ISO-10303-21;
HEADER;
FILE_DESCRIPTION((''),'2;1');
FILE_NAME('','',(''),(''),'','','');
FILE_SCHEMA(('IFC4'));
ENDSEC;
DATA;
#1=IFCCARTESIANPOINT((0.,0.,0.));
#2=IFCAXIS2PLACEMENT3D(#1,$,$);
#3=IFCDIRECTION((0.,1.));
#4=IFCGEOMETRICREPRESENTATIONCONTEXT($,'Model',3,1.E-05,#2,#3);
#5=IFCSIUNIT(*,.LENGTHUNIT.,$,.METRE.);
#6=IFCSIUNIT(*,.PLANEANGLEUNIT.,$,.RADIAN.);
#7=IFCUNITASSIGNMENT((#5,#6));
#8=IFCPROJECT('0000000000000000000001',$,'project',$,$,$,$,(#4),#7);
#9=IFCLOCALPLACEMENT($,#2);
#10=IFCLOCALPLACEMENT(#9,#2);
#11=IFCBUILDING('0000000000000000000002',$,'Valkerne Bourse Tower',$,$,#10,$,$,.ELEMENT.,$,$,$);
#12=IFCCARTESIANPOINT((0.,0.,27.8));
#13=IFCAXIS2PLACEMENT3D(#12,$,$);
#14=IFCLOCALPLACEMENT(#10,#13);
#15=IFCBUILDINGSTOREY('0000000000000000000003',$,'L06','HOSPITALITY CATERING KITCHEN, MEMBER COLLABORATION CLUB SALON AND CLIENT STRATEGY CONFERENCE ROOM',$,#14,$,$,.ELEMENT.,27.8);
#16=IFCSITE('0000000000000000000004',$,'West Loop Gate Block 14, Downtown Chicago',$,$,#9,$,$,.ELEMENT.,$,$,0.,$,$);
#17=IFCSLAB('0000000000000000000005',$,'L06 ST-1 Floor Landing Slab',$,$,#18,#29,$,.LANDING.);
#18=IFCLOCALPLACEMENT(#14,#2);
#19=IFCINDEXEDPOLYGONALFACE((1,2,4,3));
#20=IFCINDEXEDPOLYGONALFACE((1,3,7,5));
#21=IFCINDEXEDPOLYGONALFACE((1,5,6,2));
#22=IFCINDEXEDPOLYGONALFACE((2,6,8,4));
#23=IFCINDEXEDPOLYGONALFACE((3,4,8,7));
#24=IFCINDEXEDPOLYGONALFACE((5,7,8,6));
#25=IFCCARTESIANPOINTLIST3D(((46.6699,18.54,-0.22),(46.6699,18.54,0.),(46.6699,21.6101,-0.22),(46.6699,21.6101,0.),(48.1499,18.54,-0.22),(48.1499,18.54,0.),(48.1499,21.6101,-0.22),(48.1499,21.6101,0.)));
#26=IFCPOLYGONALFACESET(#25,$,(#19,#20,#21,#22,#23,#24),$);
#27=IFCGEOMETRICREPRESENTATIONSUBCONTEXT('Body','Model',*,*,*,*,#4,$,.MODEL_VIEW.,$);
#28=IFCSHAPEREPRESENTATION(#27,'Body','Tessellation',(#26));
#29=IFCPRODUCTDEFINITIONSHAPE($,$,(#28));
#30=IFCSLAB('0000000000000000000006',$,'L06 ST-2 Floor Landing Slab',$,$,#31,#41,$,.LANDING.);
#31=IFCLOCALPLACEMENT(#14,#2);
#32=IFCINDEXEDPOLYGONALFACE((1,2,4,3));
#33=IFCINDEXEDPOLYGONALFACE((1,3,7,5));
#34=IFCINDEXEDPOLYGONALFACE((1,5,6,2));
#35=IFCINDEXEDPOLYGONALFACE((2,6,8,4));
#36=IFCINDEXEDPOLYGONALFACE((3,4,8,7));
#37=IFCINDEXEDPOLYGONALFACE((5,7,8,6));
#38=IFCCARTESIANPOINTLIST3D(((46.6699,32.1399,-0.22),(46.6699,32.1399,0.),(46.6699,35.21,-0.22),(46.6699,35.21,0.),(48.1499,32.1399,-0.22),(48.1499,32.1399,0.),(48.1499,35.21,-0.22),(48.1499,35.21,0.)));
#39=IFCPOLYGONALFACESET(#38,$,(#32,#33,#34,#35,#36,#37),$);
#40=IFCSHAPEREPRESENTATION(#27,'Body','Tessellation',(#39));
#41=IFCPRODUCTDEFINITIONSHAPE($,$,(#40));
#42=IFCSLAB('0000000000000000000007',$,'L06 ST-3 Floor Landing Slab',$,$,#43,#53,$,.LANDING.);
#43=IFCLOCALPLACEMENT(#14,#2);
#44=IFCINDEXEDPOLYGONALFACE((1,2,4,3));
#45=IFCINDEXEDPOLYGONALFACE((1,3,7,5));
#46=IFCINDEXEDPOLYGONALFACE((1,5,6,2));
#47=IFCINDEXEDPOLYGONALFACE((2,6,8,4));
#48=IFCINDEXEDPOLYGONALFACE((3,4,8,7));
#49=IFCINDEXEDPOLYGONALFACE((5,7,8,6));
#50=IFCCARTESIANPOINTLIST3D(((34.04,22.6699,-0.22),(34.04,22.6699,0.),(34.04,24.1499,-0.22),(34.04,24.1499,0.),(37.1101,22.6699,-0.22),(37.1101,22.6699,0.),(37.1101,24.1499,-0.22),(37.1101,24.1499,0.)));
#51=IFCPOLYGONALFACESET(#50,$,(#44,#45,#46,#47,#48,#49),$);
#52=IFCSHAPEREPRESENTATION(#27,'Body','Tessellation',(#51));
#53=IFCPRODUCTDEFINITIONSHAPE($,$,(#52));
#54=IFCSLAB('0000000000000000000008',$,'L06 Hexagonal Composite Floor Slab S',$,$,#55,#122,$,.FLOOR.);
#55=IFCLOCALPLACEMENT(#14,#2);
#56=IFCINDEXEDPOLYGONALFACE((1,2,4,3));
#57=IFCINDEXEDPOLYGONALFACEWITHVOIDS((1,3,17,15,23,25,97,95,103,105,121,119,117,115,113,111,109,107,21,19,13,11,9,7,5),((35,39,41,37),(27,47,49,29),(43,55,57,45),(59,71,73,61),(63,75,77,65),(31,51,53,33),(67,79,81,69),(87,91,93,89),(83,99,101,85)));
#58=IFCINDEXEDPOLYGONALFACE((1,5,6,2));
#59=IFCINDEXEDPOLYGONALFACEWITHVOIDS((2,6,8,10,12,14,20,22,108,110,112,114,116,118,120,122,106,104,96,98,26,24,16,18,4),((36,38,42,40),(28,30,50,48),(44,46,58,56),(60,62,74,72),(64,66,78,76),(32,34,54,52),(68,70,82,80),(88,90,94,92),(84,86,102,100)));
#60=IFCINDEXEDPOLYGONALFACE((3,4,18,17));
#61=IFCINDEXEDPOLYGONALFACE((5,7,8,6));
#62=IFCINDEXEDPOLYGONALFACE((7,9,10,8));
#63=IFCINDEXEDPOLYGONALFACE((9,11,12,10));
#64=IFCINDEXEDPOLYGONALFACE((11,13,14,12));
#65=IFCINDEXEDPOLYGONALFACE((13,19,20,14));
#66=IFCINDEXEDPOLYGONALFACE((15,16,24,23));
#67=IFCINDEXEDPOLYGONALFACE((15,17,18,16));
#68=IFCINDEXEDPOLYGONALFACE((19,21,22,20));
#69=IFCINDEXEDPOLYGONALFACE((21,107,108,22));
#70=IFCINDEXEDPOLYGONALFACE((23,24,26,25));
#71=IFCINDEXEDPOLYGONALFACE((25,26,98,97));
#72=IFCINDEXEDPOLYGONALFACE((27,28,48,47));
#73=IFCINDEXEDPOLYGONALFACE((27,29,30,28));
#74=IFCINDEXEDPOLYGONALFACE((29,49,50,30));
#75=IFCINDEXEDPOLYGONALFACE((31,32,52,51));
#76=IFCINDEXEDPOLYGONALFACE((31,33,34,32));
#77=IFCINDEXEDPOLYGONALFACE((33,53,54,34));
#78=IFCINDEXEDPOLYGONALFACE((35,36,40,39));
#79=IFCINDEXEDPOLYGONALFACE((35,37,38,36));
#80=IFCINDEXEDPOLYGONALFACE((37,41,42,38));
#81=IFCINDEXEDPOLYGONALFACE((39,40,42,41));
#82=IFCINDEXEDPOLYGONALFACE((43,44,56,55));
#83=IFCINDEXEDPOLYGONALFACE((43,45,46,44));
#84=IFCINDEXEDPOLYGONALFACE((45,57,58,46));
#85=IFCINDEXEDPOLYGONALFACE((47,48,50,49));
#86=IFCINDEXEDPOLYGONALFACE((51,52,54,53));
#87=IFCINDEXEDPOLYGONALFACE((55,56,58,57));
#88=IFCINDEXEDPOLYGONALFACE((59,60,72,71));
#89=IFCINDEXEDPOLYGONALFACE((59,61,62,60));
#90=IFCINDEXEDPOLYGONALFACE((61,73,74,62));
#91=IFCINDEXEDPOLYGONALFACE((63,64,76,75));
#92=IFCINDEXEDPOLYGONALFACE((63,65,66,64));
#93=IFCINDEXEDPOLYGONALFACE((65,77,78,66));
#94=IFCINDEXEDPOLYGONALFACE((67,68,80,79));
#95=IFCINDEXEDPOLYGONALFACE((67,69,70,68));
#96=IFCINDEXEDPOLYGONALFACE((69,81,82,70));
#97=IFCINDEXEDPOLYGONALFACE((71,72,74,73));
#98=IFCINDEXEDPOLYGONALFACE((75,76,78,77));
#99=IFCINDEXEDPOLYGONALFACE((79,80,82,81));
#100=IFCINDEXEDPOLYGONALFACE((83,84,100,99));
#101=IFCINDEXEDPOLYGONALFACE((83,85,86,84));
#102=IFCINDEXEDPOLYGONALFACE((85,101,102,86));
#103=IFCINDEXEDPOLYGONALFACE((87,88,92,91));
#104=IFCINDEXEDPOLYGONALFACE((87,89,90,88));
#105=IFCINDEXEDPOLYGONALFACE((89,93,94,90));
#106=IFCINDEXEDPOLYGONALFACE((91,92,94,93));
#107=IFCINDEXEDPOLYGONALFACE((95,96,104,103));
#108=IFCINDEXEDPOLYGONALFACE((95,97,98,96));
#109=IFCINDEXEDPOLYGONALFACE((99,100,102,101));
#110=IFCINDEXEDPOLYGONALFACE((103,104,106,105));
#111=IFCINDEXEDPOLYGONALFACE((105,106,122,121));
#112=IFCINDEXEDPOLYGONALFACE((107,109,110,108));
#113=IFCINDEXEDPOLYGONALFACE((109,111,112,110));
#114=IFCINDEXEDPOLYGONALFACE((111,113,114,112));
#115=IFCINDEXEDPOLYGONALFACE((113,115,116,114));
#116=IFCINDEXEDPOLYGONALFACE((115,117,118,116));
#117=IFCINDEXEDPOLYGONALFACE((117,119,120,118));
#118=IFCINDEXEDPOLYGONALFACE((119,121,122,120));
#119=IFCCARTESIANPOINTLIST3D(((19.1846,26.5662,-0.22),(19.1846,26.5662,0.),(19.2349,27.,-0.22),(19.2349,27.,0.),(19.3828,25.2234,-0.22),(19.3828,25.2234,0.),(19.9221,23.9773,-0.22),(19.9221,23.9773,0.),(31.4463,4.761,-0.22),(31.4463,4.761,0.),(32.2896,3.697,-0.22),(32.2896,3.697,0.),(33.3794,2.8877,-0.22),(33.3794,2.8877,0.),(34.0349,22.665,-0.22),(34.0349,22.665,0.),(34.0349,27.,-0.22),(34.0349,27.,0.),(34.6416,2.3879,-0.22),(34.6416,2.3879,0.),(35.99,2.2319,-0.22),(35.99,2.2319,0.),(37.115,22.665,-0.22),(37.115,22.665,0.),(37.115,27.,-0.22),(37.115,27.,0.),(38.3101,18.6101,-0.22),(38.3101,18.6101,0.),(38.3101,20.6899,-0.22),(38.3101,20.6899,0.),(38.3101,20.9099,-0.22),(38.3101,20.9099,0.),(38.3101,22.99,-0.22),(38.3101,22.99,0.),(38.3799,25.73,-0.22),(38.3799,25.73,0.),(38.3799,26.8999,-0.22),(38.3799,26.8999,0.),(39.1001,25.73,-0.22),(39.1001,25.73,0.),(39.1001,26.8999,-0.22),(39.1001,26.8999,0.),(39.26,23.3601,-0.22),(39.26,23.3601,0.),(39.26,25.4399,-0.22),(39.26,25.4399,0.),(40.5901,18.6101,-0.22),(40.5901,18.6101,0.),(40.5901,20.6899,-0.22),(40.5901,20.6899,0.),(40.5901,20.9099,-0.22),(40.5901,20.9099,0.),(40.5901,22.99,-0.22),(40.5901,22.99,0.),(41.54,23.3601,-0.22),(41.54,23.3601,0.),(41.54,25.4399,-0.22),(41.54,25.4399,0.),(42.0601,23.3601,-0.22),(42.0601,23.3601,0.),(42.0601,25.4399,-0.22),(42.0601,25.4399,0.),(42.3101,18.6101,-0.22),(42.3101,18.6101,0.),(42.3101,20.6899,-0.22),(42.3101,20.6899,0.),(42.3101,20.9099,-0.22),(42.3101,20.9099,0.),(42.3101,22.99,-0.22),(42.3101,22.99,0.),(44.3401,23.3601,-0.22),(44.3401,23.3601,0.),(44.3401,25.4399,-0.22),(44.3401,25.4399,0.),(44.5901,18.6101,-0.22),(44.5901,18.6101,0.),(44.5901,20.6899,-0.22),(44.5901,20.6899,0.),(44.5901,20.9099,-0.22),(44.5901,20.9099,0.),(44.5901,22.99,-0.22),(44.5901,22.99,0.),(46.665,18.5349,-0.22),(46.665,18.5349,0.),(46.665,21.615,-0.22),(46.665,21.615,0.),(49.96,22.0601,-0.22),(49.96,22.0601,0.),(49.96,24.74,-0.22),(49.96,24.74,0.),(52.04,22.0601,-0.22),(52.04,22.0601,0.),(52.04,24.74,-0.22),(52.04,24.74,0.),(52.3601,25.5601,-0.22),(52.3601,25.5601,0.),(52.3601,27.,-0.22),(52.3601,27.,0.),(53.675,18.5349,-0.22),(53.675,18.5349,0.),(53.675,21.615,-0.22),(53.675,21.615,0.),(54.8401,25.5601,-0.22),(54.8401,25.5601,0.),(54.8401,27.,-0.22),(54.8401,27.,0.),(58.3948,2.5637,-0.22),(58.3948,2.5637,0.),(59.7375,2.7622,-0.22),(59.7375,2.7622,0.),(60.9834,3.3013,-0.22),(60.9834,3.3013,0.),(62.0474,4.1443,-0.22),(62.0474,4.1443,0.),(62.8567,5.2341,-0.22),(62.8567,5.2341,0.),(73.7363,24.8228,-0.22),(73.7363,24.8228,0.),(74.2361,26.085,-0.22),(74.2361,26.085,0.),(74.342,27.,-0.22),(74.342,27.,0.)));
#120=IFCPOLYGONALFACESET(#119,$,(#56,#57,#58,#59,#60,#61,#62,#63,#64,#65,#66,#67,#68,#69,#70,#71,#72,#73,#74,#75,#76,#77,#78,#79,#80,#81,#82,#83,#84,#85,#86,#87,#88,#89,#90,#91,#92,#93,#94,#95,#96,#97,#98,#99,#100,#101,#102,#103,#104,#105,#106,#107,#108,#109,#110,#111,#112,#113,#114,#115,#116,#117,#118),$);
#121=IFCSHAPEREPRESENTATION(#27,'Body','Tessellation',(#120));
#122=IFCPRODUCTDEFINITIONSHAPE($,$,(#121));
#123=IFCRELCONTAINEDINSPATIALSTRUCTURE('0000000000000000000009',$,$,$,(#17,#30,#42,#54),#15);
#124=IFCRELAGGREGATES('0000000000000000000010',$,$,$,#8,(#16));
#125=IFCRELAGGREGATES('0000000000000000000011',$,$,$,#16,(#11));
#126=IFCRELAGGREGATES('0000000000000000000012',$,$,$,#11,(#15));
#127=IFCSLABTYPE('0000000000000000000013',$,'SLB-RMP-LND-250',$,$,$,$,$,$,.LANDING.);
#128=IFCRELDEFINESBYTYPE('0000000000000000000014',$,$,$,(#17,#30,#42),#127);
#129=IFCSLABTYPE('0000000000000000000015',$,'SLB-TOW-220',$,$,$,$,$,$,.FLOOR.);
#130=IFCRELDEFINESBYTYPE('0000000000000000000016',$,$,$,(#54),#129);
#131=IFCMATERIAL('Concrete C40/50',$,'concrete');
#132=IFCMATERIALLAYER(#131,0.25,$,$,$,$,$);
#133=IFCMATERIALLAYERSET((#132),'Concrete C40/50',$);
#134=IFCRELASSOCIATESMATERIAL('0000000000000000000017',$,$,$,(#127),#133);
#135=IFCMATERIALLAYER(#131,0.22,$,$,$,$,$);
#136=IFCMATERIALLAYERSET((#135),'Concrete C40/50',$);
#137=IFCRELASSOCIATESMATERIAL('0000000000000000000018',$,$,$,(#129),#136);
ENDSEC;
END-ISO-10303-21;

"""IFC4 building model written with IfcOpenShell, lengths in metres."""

from ifc_helpers import new_model, si_unit, direction, frame, origin, place, context, subcontext, project, spatial, polyline, outline, extrude, material, layer, layer_set, type_object, element, save


model = new_model("IFC4")

# Units and contexts
model_context = context("Model", 3, precision=1e-05, world=origin(), true_north=direction((0.0, 1.0)))
body_context = subcontext(model_context, "Body", "Model", "MODEL_VIEW")
ifc_project = project(units=[si_unit("LENGTHUNIT", "METRE"), si_unit("PLANEANGLEUNIT", "RADIAN")], contexts=[model_context])

# Site, building, storey
site_placement = place(None, origin())
site = spatial("IfcSite", under=ifc_project, at=site_placement, Name="West Loop Gate Block 14, Downtown Chicago", CompositionType="ELEMENT", RefElevation=0.0)
building_placement = place(site_placement, origin())
building = spatial("IfcBuilding", under=site, at=building_placement, Name="Valkerne Bourse Tower", CompositionType="ELEMENT")
storey_placement = place(building_placement, frame((0.0, 0.0, 27.8)))
storey = spatial("IfcBuildingStorey", under=building, at=storey_placement, Name="L06", Description="HOSPITALITY CATERING KITCHEN, MEMBER COLLABORATION CLUB SALON AND CLIENT STRATEGY CONFERENCE ROOM", CompositionType="ELEMENT", Elevation=27.8)

# Slabs
ifc_material_1 = material(Name="Concrete C40/50", Category="concrete")
ifc_layer_1 = layer(ifc_material_1, 0.25)
ifc_layer_set_1 = layer_set([ifc_layer_1], Name="Concrete C40/50")
slab_type_1 = type_object("IfcSlabType", Name="SLB-RMP-LND-250", PredefinedType="LANDING", material=ifc_layer_set_1)
slab_1_placement = place(storey_placement, frame((0.0, 0.0, -0.22)))
element("IfcSlab", 1, at=slab_1_placement, inside=storey, type_object=slab_type_1, Name="L06 ST-1 Floor Landing Slab", PredefinedType="LANDING", context=body_context, shape_type="SweptSolid", body=[
    extrude(outline(polyline([(46.6699, 18.54), (48.1499, 18.54), (48.1499, 21.6101), (46.6699, 21.6101), (46.6699, 18.54)])), origin(), (0.0, 0.0, 1.0), 0.22),
])
slab_2_placement = place(storey_placement, frame((0.0, 0.0, -0.22)))
element("IfcSlab", 2, at=slab_2_placement, inside=storey, type_object=slab_type_1, Name="L06 ST-2 Floor Landing Slab", PredefinedType="LANDING", context=body_context, shape_type="SweptSolid", body=[
    extrude(outline(polyline([(46.6699, 32.1399), (48.1499, 32.1399), (48.1499, 35.21), (46.6699, 35.21), (46.6699, 32.1399)])), origin(), (0.0, 0.0, 1.0), 0.22),
])
slab_3_placement = place(storey_placement, frame((0.0, 0.0, -0.22)))
element("IfcSlab", 3, at=slab_3_placement, inside=storey, type_object=slab_type_1, Name="L06 ST-3 Floor Landing Slab", PredefinedType="LANDING", context=body_context, shape_type="SweptSolid", body=[
    extrude(outline(polyline([(37.1101, 22.6699), (37.1101, 24.1499), (34.04, 24.1499), (34.04, 22.6699), (37.1101, 22.6699)])), origin(), (0.0, 0.0, 1.0), 0.22),
])
ifc_layer_2 = layer(ifc_material_1, 0.22)
ifc_layer_set_2 = layer_set([ifc_layer_2], Name="Concrete C40/50")
slab_type_2 = type_object("IfcSlabType", Name="SLB-TOW-220", PredefinedType="FLOOR", material=ifc_layer_set_2)
slab_4_placement = place(storey_placement, frame((0.0, 0.0, -0.22)))
element("IfcSlab", 4, at=slab_4_placement, inside=storey, type_object=slab_type_2, Name="L06 Hexagonal Composite Floor Slab S", PredefinedType="FLOOR", context=body_context, shape_type="SweptSolid", body=[
    extrude(outline(polyline([(62.0474, 4.1443), (60.9834, 3.3013), (59.7375, 2.7622), (58.3948, 2.5637), (35.99, 2.2319), (34.6416, 2.3879), (33.3794, 2.8877), (32.2896, 3.697), (31.4463, 4.761), (19.9221, 23.9773), (19.3828, 25.2234), (19.1846, 26.5662), (19.2349, 27.0), (34.0349, 27.0), (34.0349, 22.665), (37.115, 22.665), (37.115, 27.0), (52.3601, 27.0), (52.3601, 25.5601), (54.8401, 25.5601), (54.8401, 27.0), (74.342, 27.0), (74.2361, 26.085), (73.7363, 24.8228), (62.8567, 5.2341), (62.0474, 4.1443)]), holes=[polyline([(40.5901, 20.6899), (38.3101, 20.6899), (38.3101, 18.6101), (40.5901, 18.6101), (40.5901, 20.6899)]), polyline([(40.5901, 22.99), (38.3101, 22.99), (38.3101, 20.9099), (40.5901, 20.9099), (40.5901, 22.99)]), polyline([(41.54, 25.4399), (39.26, 25.4399), (39.26, 23.3601), (41.54, 23.3601), (41.54, 25.4399)]), polyline([(39.1001, 25.73), (39.1001, 26.8999), (38.3799, 26.8999), (38.3799, 25.73), (39.1001, 25.73)]), polyline([(44.5901, 20.6899), (42.3101, 20.6899), (42.3101, 18.6101), (44.5901, 18.6101), (44.5901, 20.6899)]), polyline([(53.675, 21.615), (46.665, 21.615), (46.665, 18.5349), (53.675, 18.5349), (53.675, 21.615)]), polyline([(44.5901, 22.99), (42.3101, 22.99), (42.3101, 20.9099), (44.5901, 20.9099), (44.5901, 22.99)]), polyline([(52.04, 22.0601), (52.04, 24.74), (49.96, 24.74), (49.96, 22.0601), (52.04, 22.0601)]), polyline([(44.3401, 23.3601), (44.3401, 25.4399), (42.0601, 25.4399), (42.0601, 23.3601), (44.3401, 23.3601)])]), origin(), (0.0, 0.0, 1.0), 0.22),
])

save(model, "model.ifc")
